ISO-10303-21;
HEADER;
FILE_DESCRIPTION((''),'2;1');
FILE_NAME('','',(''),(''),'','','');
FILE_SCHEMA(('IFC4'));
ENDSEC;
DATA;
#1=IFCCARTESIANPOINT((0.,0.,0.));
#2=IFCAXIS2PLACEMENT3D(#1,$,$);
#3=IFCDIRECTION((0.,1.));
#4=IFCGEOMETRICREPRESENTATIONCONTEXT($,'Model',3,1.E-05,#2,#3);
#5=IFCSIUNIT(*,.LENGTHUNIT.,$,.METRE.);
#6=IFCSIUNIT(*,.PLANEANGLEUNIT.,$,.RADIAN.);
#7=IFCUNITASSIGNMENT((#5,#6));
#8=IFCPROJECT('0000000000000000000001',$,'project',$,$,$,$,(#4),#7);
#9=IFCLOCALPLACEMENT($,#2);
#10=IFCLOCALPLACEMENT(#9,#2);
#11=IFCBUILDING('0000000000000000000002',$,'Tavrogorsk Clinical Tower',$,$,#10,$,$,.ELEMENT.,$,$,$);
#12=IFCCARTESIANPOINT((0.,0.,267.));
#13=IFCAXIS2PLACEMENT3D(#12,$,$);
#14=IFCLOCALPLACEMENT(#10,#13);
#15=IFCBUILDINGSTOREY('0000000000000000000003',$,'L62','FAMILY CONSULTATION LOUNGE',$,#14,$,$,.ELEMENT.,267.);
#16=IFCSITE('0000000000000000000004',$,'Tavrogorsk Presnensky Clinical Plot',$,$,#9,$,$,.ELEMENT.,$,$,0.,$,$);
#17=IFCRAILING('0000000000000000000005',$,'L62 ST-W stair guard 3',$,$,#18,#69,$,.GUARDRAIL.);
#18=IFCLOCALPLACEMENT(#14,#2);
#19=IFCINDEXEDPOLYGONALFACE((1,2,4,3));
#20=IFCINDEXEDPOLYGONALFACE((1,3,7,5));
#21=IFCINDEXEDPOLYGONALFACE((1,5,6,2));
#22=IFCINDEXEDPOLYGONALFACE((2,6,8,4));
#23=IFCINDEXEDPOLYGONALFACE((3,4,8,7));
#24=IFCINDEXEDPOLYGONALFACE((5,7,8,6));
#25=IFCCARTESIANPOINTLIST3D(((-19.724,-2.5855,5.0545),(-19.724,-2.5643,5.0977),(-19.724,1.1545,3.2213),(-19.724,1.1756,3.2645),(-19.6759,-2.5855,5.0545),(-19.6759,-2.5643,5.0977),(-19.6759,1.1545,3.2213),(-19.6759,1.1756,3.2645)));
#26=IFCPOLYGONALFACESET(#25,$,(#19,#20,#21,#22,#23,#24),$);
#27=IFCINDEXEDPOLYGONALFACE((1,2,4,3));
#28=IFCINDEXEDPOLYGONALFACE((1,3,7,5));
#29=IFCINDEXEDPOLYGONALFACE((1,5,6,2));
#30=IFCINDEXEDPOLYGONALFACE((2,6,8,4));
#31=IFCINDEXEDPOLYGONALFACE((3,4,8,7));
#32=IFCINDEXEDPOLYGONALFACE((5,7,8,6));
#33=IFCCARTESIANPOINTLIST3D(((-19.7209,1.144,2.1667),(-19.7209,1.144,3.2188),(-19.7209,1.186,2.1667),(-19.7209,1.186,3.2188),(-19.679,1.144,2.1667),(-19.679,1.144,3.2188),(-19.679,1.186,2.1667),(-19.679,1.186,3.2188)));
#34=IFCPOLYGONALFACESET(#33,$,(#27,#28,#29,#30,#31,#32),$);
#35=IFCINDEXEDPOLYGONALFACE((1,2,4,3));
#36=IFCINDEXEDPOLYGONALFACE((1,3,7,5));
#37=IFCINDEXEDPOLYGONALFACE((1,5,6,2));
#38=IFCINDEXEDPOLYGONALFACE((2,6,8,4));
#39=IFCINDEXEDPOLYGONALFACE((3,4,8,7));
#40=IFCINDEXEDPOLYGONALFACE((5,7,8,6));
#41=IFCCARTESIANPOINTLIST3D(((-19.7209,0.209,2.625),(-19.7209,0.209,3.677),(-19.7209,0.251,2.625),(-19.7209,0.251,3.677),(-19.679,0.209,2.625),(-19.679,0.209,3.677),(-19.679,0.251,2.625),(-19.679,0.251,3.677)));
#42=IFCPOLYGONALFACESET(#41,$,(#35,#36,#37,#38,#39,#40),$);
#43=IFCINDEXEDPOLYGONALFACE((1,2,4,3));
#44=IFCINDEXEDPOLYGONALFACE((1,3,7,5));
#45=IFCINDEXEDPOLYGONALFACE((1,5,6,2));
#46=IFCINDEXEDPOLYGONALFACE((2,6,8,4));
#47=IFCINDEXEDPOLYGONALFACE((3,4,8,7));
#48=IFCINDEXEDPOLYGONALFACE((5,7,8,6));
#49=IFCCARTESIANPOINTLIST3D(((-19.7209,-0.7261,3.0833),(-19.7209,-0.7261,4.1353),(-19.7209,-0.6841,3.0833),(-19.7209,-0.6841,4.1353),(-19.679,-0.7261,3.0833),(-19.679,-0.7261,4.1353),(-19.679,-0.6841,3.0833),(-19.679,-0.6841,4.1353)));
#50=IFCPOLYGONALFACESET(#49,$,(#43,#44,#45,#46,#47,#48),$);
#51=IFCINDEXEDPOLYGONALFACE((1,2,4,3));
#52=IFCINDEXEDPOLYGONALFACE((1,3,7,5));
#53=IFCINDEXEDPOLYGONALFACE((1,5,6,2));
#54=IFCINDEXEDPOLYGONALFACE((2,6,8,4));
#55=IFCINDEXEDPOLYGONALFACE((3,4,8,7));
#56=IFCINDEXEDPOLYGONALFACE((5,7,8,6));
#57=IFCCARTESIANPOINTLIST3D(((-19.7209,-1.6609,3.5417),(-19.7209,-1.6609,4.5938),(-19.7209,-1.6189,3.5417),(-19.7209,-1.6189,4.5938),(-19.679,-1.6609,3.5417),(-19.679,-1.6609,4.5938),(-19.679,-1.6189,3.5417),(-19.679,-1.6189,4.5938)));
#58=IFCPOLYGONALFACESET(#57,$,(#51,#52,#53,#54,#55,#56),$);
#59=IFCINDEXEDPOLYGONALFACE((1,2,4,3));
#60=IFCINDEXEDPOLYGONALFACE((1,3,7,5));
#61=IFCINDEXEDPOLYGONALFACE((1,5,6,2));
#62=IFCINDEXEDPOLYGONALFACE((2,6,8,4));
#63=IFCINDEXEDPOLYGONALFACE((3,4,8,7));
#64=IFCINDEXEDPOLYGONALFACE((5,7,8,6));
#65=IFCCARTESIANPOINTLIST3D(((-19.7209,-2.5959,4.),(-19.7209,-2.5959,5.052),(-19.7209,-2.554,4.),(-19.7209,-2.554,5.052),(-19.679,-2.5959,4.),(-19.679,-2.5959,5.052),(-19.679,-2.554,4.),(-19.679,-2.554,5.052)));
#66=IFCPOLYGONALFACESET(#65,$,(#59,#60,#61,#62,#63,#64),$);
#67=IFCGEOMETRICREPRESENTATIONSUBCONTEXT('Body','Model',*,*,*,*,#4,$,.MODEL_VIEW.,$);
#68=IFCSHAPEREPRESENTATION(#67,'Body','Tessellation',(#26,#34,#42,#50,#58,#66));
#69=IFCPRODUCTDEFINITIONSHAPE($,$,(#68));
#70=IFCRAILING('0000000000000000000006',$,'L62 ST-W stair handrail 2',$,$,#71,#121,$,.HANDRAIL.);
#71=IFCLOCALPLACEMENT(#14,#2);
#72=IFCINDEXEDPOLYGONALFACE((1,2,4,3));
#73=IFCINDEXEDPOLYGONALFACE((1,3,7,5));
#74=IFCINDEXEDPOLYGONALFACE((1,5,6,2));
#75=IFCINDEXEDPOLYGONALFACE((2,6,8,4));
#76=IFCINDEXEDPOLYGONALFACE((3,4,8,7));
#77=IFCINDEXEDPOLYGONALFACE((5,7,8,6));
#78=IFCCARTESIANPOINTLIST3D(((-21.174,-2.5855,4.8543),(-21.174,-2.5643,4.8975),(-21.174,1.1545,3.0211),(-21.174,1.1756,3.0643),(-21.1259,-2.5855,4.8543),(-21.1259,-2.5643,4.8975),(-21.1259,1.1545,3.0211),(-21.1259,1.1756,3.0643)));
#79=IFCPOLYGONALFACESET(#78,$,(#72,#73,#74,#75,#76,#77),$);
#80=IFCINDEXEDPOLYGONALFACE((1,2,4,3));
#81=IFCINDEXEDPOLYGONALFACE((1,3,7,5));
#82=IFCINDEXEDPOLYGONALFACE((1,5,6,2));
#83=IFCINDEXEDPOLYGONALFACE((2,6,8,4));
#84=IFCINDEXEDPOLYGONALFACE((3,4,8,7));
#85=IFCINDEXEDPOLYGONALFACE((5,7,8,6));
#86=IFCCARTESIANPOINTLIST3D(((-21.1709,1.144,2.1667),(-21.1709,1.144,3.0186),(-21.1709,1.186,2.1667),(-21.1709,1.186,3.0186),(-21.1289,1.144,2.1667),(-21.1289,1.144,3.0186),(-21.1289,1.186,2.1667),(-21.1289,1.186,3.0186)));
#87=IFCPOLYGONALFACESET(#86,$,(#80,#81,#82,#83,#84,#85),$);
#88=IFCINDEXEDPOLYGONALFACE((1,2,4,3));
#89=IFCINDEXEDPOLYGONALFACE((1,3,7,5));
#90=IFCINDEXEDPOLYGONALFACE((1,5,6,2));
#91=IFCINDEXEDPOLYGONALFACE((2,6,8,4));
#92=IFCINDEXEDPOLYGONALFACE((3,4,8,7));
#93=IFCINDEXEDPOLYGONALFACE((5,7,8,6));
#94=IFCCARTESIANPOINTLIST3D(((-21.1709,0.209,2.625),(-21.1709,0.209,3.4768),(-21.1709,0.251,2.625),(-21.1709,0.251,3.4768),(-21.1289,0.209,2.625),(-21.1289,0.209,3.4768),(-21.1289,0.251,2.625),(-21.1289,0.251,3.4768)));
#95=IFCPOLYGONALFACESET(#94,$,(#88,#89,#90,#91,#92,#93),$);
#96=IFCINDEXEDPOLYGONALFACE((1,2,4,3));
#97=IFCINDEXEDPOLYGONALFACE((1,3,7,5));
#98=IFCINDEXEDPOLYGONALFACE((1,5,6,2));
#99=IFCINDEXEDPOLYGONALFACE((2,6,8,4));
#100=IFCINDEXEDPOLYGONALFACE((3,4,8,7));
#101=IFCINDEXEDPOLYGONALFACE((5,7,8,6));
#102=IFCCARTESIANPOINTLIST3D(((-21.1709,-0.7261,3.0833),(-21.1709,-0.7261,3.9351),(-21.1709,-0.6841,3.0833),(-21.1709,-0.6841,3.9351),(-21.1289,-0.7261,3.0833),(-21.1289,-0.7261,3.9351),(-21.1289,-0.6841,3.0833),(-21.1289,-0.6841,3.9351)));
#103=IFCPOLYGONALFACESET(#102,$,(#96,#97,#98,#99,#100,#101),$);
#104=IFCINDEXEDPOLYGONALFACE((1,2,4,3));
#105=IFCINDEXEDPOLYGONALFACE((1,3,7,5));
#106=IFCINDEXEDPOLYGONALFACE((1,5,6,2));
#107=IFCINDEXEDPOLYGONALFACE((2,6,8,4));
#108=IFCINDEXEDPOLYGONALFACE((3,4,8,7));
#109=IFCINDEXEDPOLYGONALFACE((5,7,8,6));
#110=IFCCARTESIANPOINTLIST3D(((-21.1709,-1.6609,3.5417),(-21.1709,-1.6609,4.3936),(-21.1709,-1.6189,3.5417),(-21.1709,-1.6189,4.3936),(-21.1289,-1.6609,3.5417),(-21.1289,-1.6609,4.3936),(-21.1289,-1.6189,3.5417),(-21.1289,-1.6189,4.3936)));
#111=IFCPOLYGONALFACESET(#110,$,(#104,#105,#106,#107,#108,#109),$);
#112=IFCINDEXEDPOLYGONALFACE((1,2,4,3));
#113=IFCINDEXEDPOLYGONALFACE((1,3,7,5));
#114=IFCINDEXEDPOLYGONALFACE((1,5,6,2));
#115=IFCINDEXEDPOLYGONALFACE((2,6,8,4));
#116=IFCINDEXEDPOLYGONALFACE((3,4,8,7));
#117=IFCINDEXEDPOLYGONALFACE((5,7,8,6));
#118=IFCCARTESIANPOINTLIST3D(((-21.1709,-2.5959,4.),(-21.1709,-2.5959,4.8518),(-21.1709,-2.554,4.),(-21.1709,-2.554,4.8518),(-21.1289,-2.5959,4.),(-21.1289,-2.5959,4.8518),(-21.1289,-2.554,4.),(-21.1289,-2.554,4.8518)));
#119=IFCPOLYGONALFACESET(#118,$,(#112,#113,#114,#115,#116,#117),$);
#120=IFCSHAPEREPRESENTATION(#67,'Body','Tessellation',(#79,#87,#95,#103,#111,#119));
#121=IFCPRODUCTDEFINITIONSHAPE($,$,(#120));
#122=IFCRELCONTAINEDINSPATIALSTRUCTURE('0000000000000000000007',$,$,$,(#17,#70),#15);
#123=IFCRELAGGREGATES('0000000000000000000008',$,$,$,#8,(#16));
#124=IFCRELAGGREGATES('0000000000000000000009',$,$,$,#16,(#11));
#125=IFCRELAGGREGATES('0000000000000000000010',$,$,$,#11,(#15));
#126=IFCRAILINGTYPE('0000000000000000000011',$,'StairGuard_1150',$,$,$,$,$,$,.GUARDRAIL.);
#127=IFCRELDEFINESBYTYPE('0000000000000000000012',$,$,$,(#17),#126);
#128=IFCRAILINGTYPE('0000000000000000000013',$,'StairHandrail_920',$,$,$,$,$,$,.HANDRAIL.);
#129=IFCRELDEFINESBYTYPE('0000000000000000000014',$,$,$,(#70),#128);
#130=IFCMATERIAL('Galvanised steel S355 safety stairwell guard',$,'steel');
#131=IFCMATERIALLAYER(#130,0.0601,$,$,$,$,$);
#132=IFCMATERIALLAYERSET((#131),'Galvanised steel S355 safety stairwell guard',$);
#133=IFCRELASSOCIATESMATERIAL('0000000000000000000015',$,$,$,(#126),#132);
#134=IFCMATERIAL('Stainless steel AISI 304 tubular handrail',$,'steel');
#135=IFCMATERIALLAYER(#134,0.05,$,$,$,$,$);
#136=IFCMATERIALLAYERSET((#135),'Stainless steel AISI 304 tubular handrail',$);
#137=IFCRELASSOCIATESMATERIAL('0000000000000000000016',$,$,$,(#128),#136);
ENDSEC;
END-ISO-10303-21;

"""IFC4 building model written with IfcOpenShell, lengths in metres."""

from ifc_helpers import new_model, si_unit, direction, frame, origin, origin_2d, place, context, subcontext, project, spatial, rectangle, extrude, material, layer, layer_set, type_object, element, save


model = new_model("IFC4")

# Units and contexts
model_context = context("Model", 3, precision=1e-05, world=origin(), true_north=direction((0.0, 1.0)))
body_context = subcontext(model_context, "Body", "Model", "MODEL_VIEW")
ifc_project = project(units=[si_unit("LENGTHUNIT", "METRE"), si_unit("PLANEANGLEUNIT", "RADIAN")], contexts=[model_context])

# Site, building, storey
site_placement = place(None, origin())
site = spatial("IfcSite", under=ifc_project, at=site_placement, Name="Tavrogorsk Presnensky Clinical Plot", CompositionType="ELEMENT", RefElevation=0.0)
building_placement = place(site_placement, origin())
building = spatial("IfcBuilding", under=site, at=building_placement, Name="Tavrogorsk Clinical Tower", CompositionType="ELEMENT")
storey_placement = place(building_placement, frame((0.0, 0.0, 267.0)))
storey = spatial("IfcBuildingStorey", under=building, at=storey_placement, Name="L62", Description="FAMILY CONSULTATION LOUNGE", CompositionType="ELEMENT", Elevation=267.0)

# Railings
ifc_material_1 = material(Name="Galvanised steel S355 safety stairwell guard", Category="steel")
ifc_layer_1 = layer(ifc_material_1, 0.0601)
ifc_layer_set_1 = layer_set([ifc_layer_1], Name="Galvanised steel S355 safety stairwell guard")
railing_type_1 = type_object("IfcRailingType", Name="StairGuard_1150", PredefinedType="GUARDRAIL", material=ifc_layer_set_1)
railing_1_placement = place(storey_placement, frame((-19.7, 1.165, 2.1667)))
element("IfcRailing", 1, at=railing_1_placement, inside=storey, type_object=railing_type_1, Name="L62 ST-W stair guard 3", PredefinedType="GUARDRAIL", context=body_context, shape_type="SweptSolid", body=[
    extrude(rectangle(XDim=0.0481, YDim=0.0481, at=origin_2d()), frame((0.0, 0.0, 1.0762), z_axis=(0.0, -0.897928, 0.440142), x_axis=(1.0, 0.0, 0.0)), (0.0, 0.0, 1.0), 4.165),
    extrude(rectangle(XDim=0.042, YDim=0.042, at=origin_2d()), origin(), (0.0, 0.0, 1.0), 1.052),
    extrude(rectangle(XDim=0.042, YDim=0.042, at=origin_2d()), frame((0.0, -0.9351, 0.4583)), (0.0, 0.0, 1.0), 1.052),
    extrude(rectangle(XDim=0.042, YDim=0.042, at=origin_2d()), frame((0.0, -1.8701, 0.9165)), (0.0, 0.0, 1.0), 1.052),
    extrude(rectangle(XDim=0.042, YDim=0.042, at=origin_2d()), frame((0.0, -2.8049, 1.375)), (0.0, 0.0, 1.0), 1.052),
    extrude(rectangle(XDim=0.042, YDim=0.042, at=origin_2d()), frame((0.0, -3.74, 1.8333)), (0.0, 0.0, 1.0), 1.052),
])
ifc_material_2 = material(Name="Stainless steel AISI 304 tubular handrail", Category="steel")
ifc_layer_2 = layer(ifc_material_2, 0.05)
ifc_layer_set_2 = layer_set([ifc_layer_2], Name="Stainless steel AISI 304 tubular handrail")
railing_type_2 = type_object("IfcRailingType", Name="StairHandrail_920", PredefinedType="HANDRAIL", material=ifc_layer_set_2)
railing_2_placement = place(storey_placement, frame((-21.1499, 1.165, 2.1667)))
element("IfcRailing", 2, at=railing_2_placement, inside=storey, type_object=railing_type_2, Name="L62 ST-W stair handrail 2", PredefinedType="HANDRAIL", context=body_context, shape_type="SweptSolid", body=[
    extrude(rectangle(XDim=0.0481, YDim=0.0481, at=origin_2d()), frame((0.0, 0.0, 0.876), z_axis=(0.0, -0.897928, 0.440142), x_axis=(1.0, 0.0, 0.0)), (0.0, 0.0, 1.0), 4.165),
    extrude(rectangle(XDim=0.042, YDim=0.042, at=origin_2d()), origin(), (0.0, 0.0, 1.0), 0.8518),
    extrude(rectangle(XDim=0.042, YDim=0.042, at=origin_2d()), frame((0.0, -0.9351, 0.4583)), (0.0, 0.0, 1.0), 0.8518),
    extrude(rectangle(XDim=0.042, YDim=0.042, at=origin_2d()), frame((0.0, -1.8701, 0.9165)), (0.0, 0.0, 1.0), 0.8518),
    extrude(rectangle(XDim=0.042, YDim=0.042, at=origin_2d()), frame((0.0, -2.8049, 1.375)), (0.0, 0.0, 1.0), 0.8518),
    extrude(rectangle(XDim=0.042, YDim=0.042, at=origin_2d()), frame((0.0, -3.74, 1.8333)), (0.0, 0.0, 1.0), 0.8518),
])

save(model, "model.ifc")
